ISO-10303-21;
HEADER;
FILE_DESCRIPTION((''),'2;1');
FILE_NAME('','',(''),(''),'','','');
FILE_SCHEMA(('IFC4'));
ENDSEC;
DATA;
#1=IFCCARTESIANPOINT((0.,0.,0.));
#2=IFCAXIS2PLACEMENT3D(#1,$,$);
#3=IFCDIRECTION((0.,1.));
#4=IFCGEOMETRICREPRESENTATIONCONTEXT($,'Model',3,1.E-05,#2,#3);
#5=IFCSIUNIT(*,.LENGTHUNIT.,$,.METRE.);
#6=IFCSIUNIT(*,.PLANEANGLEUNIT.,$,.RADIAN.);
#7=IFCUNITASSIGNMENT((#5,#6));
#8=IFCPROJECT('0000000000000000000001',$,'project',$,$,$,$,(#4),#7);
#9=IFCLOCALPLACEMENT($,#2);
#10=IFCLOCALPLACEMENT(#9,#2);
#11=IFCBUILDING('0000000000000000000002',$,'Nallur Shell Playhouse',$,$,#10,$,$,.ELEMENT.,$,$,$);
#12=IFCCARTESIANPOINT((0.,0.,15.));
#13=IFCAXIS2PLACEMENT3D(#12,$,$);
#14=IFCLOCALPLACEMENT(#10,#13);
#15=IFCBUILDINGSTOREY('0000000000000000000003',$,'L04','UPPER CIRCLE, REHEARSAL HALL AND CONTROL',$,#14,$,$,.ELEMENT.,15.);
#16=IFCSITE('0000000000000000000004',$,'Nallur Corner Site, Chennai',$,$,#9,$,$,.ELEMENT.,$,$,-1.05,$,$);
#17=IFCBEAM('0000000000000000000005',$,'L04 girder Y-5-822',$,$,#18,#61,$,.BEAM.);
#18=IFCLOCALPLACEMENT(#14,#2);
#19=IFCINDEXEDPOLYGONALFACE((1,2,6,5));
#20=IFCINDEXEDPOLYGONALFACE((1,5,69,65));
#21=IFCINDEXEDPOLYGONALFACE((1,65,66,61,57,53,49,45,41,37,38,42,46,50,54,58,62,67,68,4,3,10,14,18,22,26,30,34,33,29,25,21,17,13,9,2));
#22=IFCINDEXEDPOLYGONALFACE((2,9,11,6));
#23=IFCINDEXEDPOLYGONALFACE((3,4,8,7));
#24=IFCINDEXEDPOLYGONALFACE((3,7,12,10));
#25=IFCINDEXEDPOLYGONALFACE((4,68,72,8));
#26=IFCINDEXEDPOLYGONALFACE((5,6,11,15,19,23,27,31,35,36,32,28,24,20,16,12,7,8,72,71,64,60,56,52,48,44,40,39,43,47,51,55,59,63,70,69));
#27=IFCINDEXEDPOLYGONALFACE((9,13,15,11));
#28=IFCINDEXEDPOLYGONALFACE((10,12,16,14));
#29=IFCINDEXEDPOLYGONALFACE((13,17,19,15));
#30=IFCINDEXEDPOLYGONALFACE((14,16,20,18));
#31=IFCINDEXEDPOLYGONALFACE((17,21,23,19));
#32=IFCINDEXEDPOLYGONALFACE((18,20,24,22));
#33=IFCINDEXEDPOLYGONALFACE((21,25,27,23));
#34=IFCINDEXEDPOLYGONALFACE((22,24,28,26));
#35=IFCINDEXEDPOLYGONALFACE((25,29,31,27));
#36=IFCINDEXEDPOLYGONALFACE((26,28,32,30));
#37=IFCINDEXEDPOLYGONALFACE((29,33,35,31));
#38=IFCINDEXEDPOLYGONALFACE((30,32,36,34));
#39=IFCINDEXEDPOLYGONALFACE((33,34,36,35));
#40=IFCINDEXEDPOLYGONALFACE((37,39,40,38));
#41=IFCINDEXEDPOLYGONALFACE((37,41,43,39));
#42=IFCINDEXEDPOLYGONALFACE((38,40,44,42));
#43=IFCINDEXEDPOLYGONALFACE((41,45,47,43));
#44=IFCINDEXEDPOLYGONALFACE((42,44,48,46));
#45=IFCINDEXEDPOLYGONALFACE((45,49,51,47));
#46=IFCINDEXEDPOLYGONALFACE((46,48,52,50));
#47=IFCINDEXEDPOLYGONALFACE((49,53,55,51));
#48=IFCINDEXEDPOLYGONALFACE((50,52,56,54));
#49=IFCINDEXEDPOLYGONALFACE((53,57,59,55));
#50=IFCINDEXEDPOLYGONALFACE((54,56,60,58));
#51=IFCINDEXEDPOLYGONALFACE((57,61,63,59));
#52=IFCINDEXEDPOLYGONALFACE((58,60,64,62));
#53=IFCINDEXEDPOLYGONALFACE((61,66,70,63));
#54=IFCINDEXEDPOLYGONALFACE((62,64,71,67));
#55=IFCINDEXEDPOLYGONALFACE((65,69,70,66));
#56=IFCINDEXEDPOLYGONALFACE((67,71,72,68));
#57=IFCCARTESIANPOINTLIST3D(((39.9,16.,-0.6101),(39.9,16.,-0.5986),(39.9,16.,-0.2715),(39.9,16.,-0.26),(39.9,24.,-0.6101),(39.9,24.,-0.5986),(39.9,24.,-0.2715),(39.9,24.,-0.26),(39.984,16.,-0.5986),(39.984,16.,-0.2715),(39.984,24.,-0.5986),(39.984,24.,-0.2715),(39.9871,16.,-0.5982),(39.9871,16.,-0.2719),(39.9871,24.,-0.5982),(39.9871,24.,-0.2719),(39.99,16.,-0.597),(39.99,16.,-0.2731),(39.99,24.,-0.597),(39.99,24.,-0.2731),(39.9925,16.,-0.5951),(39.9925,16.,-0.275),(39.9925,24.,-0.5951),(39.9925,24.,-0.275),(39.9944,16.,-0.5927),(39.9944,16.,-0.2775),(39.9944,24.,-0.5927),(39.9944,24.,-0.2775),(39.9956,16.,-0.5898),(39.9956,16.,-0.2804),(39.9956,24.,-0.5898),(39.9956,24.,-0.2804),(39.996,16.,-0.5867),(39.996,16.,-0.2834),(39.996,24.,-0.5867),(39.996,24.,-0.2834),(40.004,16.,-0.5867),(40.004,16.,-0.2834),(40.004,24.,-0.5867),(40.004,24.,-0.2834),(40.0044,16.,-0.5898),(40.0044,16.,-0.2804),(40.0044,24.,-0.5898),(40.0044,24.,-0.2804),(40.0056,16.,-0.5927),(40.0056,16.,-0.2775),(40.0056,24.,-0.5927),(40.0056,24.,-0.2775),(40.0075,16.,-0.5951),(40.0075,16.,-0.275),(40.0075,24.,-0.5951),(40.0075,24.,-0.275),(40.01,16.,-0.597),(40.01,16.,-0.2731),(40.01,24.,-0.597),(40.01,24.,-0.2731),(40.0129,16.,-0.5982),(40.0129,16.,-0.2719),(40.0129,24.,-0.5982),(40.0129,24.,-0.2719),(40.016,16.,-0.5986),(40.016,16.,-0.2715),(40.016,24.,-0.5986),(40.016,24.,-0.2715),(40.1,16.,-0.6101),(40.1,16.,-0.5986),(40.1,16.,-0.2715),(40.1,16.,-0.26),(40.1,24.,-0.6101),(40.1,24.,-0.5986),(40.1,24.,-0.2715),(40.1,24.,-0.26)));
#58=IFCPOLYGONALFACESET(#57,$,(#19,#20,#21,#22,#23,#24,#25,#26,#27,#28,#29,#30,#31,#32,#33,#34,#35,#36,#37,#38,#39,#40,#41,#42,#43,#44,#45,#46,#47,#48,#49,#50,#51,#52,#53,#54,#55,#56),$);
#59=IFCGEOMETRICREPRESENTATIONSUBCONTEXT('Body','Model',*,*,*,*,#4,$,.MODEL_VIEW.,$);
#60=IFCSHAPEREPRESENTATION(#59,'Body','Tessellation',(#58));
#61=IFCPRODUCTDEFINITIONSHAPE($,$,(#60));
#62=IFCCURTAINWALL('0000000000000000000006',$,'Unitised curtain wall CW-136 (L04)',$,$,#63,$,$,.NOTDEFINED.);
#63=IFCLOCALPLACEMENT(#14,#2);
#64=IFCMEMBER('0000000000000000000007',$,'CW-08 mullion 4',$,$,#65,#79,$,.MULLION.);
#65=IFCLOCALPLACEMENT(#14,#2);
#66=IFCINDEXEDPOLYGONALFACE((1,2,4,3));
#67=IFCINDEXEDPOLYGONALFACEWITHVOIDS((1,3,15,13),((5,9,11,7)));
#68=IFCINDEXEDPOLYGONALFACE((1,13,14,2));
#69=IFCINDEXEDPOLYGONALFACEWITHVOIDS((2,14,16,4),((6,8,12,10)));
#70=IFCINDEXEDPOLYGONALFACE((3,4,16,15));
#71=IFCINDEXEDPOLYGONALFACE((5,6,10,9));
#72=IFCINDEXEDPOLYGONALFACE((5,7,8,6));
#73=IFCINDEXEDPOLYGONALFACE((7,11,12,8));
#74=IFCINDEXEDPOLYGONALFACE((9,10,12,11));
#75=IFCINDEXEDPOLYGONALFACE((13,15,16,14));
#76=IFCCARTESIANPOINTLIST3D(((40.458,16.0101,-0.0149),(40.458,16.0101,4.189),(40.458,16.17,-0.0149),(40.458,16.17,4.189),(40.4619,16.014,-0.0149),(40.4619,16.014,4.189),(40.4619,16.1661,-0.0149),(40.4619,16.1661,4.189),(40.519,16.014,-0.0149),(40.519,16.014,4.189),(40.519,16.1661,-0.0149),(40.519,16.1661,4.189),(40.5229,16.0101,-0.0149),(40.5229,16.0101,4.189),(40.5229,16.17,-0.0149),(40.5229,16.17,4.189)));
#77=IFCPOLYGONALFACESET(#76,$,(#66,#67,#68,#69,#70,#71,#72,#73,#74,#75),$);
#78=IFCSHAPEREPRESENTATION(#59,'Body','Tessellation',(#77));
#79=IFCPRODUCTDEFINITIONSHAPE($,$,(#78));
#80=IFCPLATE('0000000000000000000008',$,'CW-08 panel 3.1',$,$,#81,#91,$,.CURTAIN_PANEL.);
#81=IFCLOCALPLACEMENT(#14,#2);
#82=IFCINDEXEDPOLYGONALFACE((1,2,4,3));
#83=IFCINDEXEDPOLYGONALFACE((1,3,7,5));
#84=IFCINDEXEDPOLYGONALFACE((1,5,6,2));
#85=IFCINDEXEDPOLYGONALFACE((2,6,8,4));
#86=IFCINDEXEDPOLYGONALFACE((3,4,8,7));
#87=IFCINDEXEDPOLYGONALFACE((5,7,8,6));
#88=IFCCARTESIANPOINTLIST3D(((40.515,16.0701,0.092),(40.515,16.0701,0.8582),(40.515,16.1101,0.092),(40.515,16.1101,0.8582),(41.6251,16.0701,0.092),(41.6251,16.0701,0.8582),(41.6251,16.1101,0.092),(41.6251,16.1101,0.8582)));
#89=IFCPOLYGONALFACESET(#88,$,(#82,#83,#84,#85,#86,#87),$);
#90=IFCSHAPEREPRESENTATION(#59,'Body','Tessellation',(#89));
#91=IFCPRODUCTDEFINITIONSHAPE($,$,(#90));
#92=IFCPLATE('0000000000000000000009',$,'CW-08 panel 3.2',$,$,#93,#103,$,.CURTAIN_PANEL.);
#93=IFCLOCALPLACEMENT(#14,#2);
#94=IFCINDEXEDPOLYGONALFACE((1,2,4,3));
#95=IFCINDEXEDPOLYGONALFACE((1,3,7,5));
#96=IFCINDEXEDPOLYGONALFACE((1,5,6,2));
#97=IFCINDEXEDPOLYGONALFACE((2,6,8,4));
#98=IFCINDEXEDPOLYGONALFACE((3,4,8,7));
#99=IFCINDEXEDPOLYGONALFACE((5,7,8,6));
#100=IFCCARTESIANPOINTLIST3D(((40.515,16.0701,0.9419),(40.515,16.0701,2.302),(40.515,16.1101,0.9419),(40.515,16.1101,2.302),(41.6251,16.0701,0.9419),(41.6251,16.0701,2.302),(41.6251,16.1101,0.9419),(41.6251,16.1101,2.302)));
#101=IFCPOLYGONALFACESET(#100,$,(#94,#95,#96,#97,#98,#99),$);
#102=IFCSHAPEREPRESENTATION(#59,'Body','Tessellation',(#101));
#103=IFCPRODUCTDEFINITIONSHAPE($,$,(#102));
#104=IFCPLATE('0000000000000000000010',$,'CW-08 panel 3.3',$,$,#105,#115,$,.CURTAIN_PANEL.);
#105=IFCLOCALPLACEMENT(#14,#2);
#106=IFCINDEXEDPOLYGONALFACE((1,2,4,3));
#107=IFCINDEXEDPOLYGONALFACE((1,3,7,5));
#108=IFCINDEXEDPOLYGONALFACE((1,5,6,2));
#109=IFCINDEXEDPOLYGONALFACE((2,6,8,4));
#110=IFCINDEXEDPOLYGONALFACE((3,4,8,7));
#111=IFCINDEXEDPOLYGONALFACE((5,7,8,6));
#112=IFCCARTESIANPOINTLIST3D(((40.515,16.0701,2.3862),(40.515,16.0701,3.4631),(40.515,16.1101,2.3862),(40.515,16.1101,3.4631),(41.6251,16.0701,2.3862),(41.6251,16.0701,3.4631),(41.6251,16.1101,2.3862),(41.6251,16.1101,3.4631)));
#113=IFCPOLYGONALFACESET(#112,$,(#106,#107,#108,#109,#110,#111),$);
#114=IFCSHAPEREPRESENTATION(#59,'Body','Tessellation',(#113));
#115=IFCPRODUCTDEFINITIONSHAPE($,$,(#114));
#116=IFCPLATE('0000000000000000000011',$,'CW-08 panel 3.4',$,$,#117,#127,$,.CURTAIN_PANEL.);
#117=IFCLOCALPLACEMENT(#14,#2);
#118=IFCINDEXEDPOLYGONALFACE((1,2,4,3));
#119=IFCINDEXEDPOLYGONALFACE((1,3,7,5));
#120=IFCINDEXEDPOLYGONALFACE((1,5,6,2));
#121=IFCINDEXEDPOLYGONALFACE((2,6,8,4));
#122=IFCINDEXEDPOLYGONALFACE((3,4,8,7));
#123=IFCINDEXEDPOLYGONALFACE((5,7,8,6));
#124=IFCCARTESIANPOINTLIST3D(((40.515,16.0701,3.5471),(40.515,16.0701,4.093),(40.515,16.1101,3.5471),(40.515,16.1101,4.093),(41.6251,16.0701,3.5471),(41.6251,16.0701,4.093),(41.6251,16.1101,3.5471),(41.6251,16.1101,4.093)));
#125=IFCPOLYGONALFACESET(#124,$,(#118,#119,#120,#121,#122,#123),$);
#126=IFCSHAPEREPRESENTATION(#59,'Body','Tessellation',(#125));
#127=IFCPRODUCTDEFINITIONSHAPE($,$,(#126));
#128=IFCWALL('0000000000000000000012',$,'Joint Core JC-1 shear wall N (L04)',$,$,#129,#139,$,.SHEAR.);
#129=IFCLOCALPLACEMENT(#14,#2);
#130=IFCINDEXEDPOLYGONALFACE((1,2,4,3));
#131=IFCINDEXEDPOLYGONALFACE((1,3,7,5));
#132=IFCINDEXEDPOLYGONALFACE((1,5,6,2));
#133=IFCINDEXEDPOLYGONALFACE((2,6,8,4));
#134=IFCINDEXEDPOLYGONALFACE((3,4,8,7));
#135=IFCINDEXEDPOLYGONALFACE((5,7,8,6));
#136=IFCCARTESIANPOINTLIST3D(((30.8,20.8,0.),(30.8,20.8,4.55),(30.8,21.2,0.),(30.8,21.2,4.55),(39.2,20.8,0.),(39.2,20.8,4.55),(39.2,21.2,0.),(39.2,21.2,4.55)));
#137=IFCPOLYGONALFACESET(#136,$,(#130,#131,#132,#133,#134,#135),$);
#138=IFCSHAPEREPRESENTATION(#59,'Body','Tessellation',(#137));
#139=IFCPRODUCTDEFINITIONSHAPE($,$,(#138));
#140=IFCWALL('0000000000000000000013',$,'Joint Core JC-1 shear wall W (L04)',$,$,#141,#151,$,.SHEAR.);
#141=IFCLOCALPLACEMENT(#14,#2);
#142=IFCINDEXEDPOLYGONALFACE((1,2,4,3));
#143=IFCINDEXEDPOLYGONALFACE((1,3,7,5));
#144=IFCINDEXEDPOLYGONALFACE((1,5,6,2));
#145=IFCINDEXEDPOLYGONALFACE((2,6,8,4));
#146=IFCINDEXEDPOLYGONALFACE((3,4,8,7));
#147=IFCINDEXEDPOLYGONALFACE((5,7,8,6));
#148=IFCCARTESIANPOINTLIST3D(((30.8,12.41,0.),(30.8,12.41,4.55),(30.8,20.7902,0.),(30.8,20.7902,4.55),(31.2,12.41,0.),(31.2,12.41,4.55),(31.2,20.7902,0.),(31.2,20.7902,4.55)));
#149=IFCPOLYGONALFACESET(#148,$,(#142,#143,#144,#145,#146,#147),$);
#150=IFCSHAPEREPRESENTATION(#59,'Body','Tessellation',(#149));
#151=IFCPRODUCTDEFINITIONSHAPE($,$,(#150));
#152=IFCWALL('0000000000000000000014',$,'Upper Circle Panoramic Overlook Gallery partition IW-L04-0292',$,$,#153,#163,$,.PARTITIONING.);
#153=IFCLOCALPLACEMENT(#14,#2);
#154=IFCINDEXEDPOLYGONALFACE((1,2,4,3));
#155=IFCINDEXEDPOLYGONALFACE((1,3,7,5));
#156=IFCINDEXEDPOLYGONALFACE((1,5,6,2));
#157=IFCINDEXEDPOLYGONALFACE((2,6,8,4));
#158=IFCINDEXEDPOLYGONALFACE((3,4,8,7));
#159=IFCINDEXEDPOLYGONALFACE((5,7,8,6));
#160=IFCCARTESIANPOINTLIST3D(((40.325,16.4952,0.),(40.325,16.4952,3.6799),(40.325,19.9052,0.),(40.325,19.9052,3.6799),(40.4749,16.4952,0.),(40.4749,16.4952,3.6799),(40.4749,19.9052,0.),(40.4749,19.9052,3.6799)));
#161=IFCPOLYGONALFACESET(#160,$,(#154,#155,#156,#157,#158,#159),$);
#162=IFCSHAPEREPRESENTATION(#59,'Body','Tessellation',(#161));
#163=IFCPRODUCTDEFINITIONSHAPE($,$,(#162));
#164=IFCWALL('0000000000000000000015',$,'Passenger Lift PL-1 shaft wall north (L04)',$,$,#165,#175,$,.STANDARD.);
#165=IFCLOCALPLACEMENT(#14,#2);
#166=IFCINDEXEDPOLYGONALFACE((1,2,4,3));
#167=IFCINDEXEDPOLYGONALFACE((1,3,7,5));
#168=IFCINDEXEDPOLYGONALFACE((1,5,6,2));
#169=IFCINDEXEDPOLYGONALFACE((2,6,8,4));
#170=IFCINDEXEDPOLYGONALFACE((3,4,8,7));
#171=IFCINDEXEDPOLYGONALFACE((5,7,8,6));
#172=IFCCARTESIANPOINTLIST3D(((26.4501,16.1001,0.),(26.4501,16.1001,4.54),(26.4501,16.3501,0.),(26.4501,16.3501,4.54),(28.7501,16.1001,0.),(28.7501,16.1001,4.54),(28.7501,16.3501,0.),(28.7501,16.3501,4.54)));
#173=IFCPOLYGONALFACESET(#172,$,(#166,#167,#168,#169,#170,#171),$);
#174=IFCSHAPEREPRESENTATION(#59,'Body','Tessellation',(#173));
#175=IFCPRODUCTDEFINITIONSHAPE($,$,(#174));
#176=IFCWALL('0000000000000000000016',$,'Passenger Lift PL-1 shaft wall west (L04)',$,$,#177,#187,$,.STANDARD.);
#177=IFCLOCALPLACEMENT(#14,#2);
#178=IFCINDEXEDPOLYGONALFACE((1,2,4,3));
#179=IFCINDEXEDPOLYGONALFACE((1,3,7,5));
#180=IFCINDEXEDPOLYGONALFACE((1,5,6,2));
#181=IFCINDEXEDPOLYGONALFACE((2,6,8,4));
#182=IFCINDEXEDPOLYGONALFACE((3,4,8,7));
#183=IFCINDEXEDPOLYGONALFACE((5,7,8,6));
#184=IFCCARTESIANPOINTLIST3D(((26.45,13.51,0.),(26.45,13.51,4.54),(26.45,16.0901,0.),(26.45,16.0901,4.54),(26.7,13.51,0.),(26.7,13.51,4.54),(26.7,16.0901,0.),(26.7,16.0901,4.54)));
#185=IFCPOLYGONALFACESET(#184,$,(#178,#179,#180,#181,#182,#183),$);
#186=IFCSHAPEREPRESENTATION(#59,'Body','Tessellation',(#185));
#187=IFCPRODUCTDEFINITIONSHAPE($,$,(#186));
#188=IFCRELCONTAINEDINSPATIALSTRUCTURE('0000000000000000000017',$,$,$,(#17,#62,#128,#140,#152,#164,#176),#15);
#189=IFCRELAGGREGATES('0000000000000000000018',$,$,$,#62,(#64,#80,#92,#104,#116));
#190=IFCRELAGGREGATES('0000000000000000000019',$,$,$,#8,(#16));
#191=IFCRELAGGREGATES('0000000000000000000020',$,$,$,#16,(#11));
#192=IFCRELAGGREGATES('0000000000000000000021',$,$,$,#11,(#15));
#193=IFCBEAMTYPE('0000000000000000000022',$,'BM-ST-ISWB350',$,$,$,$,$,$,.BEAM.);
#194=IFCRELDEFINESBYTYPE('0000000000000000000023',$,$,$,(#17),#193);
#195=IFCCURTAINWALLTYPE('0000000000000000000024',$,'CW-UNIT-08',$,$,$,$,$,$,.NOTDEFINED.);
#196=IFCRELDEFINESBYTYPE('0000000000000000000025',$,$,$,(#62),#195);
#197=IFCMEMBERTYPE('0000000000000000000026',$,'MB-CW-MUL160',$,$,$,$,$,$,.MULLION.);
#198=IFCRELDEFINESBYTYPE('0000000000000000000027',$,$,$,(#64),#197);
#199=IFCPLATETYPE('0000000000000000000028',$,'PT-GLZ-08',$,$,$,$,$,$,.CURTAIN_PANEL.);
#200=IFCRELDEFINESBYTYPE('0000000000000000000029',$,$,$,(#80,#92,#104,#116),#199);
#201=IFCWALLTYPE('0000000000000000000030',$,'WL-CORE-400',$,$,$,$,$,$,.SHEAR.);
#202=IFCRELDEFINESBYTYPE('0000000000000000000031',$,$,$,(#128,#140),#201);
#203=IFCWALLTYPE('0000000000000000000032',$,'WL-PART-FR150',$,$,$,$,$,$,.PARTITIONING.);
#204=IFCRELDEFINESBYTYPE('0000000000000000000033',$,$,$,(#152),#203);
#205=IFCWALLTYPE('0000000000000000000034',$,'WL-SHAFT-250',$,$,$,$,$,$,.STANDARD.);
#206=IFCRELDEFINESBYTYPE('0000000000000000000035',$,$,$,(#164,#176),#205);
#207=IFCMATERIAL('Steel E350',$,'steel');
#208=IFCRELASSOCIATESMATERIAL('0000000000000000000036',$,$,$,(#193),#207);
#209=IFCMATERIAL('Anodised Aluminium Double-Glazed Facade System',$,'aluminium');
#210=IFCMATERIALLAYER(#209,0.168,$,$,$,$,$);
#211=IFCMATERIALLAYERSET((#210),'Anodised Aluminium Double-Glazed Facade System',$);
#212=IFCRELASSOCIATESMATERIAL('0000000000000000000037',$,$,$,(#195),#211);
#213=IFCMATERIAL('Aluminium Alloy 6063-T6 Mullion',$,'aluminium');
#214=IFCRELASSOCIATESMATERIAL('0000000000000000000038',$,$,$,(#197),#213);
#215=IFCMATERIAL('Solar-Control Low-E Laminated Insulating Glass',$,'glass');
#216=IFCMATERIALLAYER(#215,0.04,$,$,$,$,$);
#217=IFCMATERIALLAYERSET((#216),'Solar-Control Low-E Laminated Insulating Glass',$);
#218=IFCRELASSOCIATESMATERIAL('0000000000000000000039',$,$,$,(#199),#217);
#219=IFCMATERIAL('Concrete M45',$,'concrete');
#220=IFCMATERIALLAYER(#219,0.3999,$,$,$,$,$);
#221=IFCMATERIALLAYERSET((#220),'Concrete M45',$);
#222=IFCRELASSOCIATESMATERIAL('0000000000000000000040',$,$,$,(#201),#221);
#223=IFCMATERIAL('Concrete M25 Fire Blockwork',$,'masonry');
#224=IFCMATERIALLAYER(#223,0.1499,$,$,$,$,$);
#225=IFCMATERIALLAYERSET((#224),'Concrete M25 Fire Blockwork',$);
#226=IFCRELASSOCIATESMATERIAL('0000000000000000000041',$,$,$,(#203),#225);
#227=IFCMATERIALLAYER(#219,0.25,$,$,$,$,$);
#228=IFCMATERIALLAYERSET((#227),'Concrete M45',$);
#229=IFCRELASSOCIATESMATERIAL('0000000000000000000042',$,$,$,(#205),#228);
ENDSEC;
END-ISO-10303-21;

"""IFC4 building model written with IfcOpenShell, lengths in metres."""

from ifc_helpers import new_model, si_unit, direction, frame, frame_2d, origin, origin_2d, place, context, subcontext, project, spatial, rectangle, hollow_rectangle, i_section, extrude, material, layer, layer_set, material_profile, profile_set, type_object, element, aggregate, save


model = new_model("IFC4")

# Units and contexts
model_context = context("Model", 3, precision=1e-05, world=origin(), true_north=direction((0.0, 1.0)))
body_context = subcontext(model_context, "Body", "Model", "MODEL_VIEW")
ifc_project = project(units=[si_unit("LENGTHUNIT", "METRE"), si_unit("PLANEANGLEUNIT", "RADIAN")], contexts=[model_context])

# Site, building, storey
site_placement = place(None, origin())
site = spatial("IfcSite", under=ifc_project, at=site_placement, Name="Nallur Corner Site, Chennai", CompositionType="ELEMENT", RefElevation=-1.05)
building_placement = place(site_placement, origin())
building = spatial("IfcBuilding", under=site, at=building_placement, Name="Nallur Shell Playhouse", CompositionType="ELEMENT")
storey_placement = place(building_placement, frame((0.0, 0.0, 15.0)))
storey = spatial("IfcBuildingStorey", under=building, at=storey_placement, Name="L04", Description="UPPER CIRCLE, REHEARSAL HALL AND CONTROL", CompositionType="ELEMENT", Elevation=15.0)

# Shared definitions
ifc_material_1 = material(Name="Steel E350", Category="steel")

# Beam
ifc_material_profile_1 = material_profile(ifc_material_1, i_section(OverallWidth=0.2, OverallDepth=0.3501, WebThickness=0.0081, FlangeThickness=0.0115, FilletRadius=0.012, at=origin_2d()), Name="ISWB 350")
ifc_profile_set_1 = profile_set([ifc_material_profile_1], Name="Steel E350")
beam_type_1 = type_object("IfcBeamType", Name="BM-ST-ISWB350", PredefinedType="BEAM", material=ifc_profile_set_1)
beam_1_placement = place(storey_placement, frame((40.0, 16.0, -0.4351), z_axis=(0.0, 1.0, 0.0), x_axis=(-1.0, 0.0, 0.0)))
element("IfcBeam", 1, at=beam_1_placement, inside=storey, type_object=beam_type_1, Name="L04 girder Y-5-822", PredefinedType="BEAM", context=body_context, shape_type="SweptSolid", body=[
    extrude(i_section(OverallWidth=0.2, OverallDepth=0.3501, WebThickness=0.0081, FlangeThickness=0.0115, FilletRadius=0.012, at=origin_2d()), origin(), (0.0, 0.0, 1.0), 8.0),
])

# Curtain wall, member, plates
ifc_material_2 = material(Name="Anodised Aluminium Double-Glazed Facade System", Category="aluminium")
ifc_layer_1 = layer(ifc_material_2, 0.168)
ifc_layer_set_1 = layer_set([ifc_layer_1], Name="Anodised Aluminium Double-Glazed Facade System")
curtain_wall_type = type_object("IfcCurtainWallType", Name="CW-UNIT-08", PredefinedType="NOTDEFINED", material=ifc_layer_set_1)
curtain_wall_placement = place(storey_placement, origin())
curtain_wall = element("IfcCurtainWall", 2, at=curtain_wall_placement, inside=storey, type_object=curtain_wall_type, Name="Unitised curtain wall CW-136 (L04)", PredefinedType="NOTDEFINED")
ifc_material_3 = material(Name="Aluminium Alloy 6063-T6 Mullion", Category="aluminium")
ifc_material_profile_2 = material_profile(ifc_material_3, hollow_rectangle(XDim=0.0649, YDim=0.1599, WallThickness=0.0039, at=origin_2d()), Name="ALU 65x160x4")
ifc_profile_set_2 = profile_set([ifc_material_profile_2], Name="Aluminium Alloy 6063-T6 Mullion")
member_type = type_object("IfcMemberType", Name="MB-CW-MUL160", PredefinedType="MULLION", material=ifc_profile_set_2)
member_placement = place(storey_placement, frame((40.4905, 16.0901, -0.0149), z_axis=(0.0, 0.0, 1.0), x_axis=(-1.0, 0.0, 0.0)))
member = element("IfcMember", 3, at=member_placement, type_object=member_type, Name="CW-08 mullion 4", PredefinedType="MULLION", context=body_context, shape_type="SweptSolid", body=[
    extrude(hollow_rectangle(XDim=0.0649, YDim=0.1599, WallThickness=0.0039, at=origin_2d()), origin(), (0.0, 0.0, 1.0), 4.2039),
])
ifc_material_4 = material(Name="Solar-Control Low-E Laminated Insulating Glass", Category="glass")
ifc_layer_2 = layer(ifc_material_4, 0.04)
ifc_layer_set_2 = layer_set([ifc_layer_2], Name="Solar-Control Low-E Laminated Insulating Glass")
plate_type = type_object("IfcPlateType", Name="PT-GLZ-08", PredefinedType="CURTAIN_PANEL", material=ifc_layer_set_2)
plate_1_placement = place(storey_placement, frame((41.0701, 16.0901, 0.092), z_axis=(0.0, 0.0, 1.0), x_axis=(-1.0, 0.0, 0.0)))
plate_1 = element("IfcPlate", 4, at=plate_1_placement, type_object=plate_type, Name="CW-08 panel 3.1", PredefinedType="CURTAIN_PANEL", context=body_context, shape_type="SweptSolid", body=[
    extrude(rectangle(XDim=1.1101, YDim=0.04, at=origin_2d()), origin(), (0.0, 0.0, 1.0), 0.7661),
])
plate_2_placement = place(storey_placement, frame((41.0701, 16.0901, 0.9419), z_axis=(0.0, 0.0, 1.0), x_axis=(-1.0, 0.0, 0.0)))
plate_2 = element("IfcPlate", 5, at=plate_2_placement, type_object=plate_type, Name="CW-08 panel 3.2", PredefinedType="CURTAIN_PANEL", context=body_context, shape_type="SweptSolid", body=[
    extrude(rectangle(XDim=1.1101, YDim=0.04, at=origin_2d()), origin(), (0.0, 0.0, 1.0), 1.3601),
])
plate_3_placement = place(storey_placement, frame((41.0701, 16.0901, 2.3862), z_axis=(0.0, 0.0, 1.0), x_axis=(-1.0, 0.0, 0.0)))
plate_3 = element("IfcPlate", 6, at=plate_3_placement, type_object=plate_type, Name="CW-08 panel 3.3", PredefinedType="CURTAIN_PANEL", context=body_context, shape_type="SweptSolid", body=[
    extrude(rectangle(XDim=1.1101, YDim=0.04, at=origin_2d()), origin(), (0.0, 0.0, 1.0), 1.0769),
])
plate_4_placement = place(storey_placement, frame((41.0701, 16.0901, 3.5471), z_axis=(0.0, 0.0, 1.0), x_axis=(-1.0, 0.0, 0.0)))
plate_4 = element("IfcPlate", 7, at=plate_4_placement, type_object=plate_type, Name="CW-08 panel 3.4", PredefinedType="CURTAIN_PANEL", context=body_context, shape_type="SweptSolid", body=[
    extrude(rectangle(XDim=1.1101, YDim=0.04, at=origin_2d()), origin(), (0.0, 0.0, 1.0), 0.5459),
])
aggregate(curtain_wall, [member, plate_1, plate_2, plate_3, plate_4])

# Walls
ifc_material_5 = material(Name="Concrete M45", Category="concrete")
ifc_layer_3 = layer(ifc_material_5, 0.3999)
ifc_layer_set_3 = layer_set([ifc_layer_3], Name="Concrete M45")
wall_type_1 = type_object("IfcWallType", Name="WL-CORE-400", PredefinedType="SHEAR", material=ifc_layer_set_3)
wall_1_placement = place(storey_placement, frame((39.2, 21.0, 0.0), z_axis=(0.0, 0.0, 1.0), x_axis=(-1.0, 0.0, 0.0)))
element("IfcWall", 8, at=wall_1_placement, inside=storey, type_object=wall_type_1, Name="Joint Core JC-1 shear wall N (L04)", PredefinedType="SHEAR", context=body_context, shape_type="SweptSolid", body=[
    extrude(rectangle(XDim=8.3999, YDim=0.3999, at=frame_2d((4.2, 0.0))), origin(), (0.0, 0.0, 1.0), 4.55),
])
wall_2_placement = place(storey_placement, frame((31.0, 20.79, 0.0), z_axis=(0.0, 0.0, 1.0), x_axis=(0.0, -1.0, 0.0)))
element("IfcWall", 9, at=wall_2_placement, inside=storey, type_object=wall_type_1, Name="Joint Core JC-1 shear wall W (L04)", PredefinedType="SHEAR", context=body_context, shape_type="SweptSolid", body=[
    extrude(rectangle(XDim=8.3801, YDim=0.3999, at=frame_2d((4.1899, 0.0))), origin(), (0.0, 0.0, 1.0), 4.55),
])
ifc_material_6 = material(Name="Concrete M25 Fire Blockwork", Category="masonry")
ifc_layer_4 = layer(ifc_material_6, 0.1499)
ifc_layer_set_4 = layer_set([ifc_layer_4], Name="Concrete M25 Fire Blockwork")
wall_type_2 = type_object("IfcWallType", Name="WL-PART-FR150", PredefinedType="PARTITIONING", material=ifc_layer_set_4)
wall_3_placement = place(storey_placement, frame((40.3999, 16.4951, 0.0), z_axis=(0.0, 0.0, 1.0), x_axis=(0.0, 1.0, 0.0)))
element("IfcWall", 10, at=wall_3_placement, inside=storey, type_object=wall_type_2, Name="Upper Circle Panoramic Overlook Gallery partition IW-L04-0292", PredefinedType="PARTITIONING", context=body_context, shape_type="SweptSolid", body=[
    extrude(rectangle(XDim=3.4099, YDim=0.1499, at=frame_2d((1.7051, 0.0))), origin(), (0.0, 0.0, 1.0), 3.6799),
])

# Walls
ifc_layer_5 = layer(ifc_material_5, 0.25)
ifc_layer_set_5 = layer_set([ifc_layer_5], Name="Concrete M45")
wall_type_3 = type_object("IfcWallType", Name="WL-SHAFT-250", PredefinedType="STANDARD", material=ifc_layer_set_5)
wall_4_placement = place(storey_placement, frame((28.75, 16.2251, 0.0), z_axis=(0.0, 0.0, 1.0), x_axis=(-1.0, 0.0, 0.0)))
element("IfcWall", 11, at=wall_4_placement, inside=storey, type_object=wall_type_3, Name="Passenger Lift PL-1 shaft wall north (L04)", PredefinedType="STANDARD", context=body_context, shape_type="SweptSolid", body=[
    extrude(rectangle(XDim=2.3, YDim=0.25, at=frame_2d((1.1499, 0.0))), origin(), (0.0, 0.0, 1.0), 4.54),
])
wall_5_placement = place(storey_placement, frame((26.575, 16.0901, 0.0), z_axis=(0.0, 0.0, 1.0), x_axis=(0.0, -1.0, 0.0)))
element("IfcWall", 12, at=wall_5_placement, inside=storey, type_object=wall_type_3, Name="Passenger Lift PL-1 shaft wall west (L04)", PredefinedType="STANDARD", context=body_context, shape_type="SweptSolid", body=[
    extrude(rectangle(XDim=2.5801, YDim=0.25, at=frame_2d((1.29, 0.0))), origin(), (0.0, 0.0, 1.0), 4.54),
])

save(model, "model.ifc")
